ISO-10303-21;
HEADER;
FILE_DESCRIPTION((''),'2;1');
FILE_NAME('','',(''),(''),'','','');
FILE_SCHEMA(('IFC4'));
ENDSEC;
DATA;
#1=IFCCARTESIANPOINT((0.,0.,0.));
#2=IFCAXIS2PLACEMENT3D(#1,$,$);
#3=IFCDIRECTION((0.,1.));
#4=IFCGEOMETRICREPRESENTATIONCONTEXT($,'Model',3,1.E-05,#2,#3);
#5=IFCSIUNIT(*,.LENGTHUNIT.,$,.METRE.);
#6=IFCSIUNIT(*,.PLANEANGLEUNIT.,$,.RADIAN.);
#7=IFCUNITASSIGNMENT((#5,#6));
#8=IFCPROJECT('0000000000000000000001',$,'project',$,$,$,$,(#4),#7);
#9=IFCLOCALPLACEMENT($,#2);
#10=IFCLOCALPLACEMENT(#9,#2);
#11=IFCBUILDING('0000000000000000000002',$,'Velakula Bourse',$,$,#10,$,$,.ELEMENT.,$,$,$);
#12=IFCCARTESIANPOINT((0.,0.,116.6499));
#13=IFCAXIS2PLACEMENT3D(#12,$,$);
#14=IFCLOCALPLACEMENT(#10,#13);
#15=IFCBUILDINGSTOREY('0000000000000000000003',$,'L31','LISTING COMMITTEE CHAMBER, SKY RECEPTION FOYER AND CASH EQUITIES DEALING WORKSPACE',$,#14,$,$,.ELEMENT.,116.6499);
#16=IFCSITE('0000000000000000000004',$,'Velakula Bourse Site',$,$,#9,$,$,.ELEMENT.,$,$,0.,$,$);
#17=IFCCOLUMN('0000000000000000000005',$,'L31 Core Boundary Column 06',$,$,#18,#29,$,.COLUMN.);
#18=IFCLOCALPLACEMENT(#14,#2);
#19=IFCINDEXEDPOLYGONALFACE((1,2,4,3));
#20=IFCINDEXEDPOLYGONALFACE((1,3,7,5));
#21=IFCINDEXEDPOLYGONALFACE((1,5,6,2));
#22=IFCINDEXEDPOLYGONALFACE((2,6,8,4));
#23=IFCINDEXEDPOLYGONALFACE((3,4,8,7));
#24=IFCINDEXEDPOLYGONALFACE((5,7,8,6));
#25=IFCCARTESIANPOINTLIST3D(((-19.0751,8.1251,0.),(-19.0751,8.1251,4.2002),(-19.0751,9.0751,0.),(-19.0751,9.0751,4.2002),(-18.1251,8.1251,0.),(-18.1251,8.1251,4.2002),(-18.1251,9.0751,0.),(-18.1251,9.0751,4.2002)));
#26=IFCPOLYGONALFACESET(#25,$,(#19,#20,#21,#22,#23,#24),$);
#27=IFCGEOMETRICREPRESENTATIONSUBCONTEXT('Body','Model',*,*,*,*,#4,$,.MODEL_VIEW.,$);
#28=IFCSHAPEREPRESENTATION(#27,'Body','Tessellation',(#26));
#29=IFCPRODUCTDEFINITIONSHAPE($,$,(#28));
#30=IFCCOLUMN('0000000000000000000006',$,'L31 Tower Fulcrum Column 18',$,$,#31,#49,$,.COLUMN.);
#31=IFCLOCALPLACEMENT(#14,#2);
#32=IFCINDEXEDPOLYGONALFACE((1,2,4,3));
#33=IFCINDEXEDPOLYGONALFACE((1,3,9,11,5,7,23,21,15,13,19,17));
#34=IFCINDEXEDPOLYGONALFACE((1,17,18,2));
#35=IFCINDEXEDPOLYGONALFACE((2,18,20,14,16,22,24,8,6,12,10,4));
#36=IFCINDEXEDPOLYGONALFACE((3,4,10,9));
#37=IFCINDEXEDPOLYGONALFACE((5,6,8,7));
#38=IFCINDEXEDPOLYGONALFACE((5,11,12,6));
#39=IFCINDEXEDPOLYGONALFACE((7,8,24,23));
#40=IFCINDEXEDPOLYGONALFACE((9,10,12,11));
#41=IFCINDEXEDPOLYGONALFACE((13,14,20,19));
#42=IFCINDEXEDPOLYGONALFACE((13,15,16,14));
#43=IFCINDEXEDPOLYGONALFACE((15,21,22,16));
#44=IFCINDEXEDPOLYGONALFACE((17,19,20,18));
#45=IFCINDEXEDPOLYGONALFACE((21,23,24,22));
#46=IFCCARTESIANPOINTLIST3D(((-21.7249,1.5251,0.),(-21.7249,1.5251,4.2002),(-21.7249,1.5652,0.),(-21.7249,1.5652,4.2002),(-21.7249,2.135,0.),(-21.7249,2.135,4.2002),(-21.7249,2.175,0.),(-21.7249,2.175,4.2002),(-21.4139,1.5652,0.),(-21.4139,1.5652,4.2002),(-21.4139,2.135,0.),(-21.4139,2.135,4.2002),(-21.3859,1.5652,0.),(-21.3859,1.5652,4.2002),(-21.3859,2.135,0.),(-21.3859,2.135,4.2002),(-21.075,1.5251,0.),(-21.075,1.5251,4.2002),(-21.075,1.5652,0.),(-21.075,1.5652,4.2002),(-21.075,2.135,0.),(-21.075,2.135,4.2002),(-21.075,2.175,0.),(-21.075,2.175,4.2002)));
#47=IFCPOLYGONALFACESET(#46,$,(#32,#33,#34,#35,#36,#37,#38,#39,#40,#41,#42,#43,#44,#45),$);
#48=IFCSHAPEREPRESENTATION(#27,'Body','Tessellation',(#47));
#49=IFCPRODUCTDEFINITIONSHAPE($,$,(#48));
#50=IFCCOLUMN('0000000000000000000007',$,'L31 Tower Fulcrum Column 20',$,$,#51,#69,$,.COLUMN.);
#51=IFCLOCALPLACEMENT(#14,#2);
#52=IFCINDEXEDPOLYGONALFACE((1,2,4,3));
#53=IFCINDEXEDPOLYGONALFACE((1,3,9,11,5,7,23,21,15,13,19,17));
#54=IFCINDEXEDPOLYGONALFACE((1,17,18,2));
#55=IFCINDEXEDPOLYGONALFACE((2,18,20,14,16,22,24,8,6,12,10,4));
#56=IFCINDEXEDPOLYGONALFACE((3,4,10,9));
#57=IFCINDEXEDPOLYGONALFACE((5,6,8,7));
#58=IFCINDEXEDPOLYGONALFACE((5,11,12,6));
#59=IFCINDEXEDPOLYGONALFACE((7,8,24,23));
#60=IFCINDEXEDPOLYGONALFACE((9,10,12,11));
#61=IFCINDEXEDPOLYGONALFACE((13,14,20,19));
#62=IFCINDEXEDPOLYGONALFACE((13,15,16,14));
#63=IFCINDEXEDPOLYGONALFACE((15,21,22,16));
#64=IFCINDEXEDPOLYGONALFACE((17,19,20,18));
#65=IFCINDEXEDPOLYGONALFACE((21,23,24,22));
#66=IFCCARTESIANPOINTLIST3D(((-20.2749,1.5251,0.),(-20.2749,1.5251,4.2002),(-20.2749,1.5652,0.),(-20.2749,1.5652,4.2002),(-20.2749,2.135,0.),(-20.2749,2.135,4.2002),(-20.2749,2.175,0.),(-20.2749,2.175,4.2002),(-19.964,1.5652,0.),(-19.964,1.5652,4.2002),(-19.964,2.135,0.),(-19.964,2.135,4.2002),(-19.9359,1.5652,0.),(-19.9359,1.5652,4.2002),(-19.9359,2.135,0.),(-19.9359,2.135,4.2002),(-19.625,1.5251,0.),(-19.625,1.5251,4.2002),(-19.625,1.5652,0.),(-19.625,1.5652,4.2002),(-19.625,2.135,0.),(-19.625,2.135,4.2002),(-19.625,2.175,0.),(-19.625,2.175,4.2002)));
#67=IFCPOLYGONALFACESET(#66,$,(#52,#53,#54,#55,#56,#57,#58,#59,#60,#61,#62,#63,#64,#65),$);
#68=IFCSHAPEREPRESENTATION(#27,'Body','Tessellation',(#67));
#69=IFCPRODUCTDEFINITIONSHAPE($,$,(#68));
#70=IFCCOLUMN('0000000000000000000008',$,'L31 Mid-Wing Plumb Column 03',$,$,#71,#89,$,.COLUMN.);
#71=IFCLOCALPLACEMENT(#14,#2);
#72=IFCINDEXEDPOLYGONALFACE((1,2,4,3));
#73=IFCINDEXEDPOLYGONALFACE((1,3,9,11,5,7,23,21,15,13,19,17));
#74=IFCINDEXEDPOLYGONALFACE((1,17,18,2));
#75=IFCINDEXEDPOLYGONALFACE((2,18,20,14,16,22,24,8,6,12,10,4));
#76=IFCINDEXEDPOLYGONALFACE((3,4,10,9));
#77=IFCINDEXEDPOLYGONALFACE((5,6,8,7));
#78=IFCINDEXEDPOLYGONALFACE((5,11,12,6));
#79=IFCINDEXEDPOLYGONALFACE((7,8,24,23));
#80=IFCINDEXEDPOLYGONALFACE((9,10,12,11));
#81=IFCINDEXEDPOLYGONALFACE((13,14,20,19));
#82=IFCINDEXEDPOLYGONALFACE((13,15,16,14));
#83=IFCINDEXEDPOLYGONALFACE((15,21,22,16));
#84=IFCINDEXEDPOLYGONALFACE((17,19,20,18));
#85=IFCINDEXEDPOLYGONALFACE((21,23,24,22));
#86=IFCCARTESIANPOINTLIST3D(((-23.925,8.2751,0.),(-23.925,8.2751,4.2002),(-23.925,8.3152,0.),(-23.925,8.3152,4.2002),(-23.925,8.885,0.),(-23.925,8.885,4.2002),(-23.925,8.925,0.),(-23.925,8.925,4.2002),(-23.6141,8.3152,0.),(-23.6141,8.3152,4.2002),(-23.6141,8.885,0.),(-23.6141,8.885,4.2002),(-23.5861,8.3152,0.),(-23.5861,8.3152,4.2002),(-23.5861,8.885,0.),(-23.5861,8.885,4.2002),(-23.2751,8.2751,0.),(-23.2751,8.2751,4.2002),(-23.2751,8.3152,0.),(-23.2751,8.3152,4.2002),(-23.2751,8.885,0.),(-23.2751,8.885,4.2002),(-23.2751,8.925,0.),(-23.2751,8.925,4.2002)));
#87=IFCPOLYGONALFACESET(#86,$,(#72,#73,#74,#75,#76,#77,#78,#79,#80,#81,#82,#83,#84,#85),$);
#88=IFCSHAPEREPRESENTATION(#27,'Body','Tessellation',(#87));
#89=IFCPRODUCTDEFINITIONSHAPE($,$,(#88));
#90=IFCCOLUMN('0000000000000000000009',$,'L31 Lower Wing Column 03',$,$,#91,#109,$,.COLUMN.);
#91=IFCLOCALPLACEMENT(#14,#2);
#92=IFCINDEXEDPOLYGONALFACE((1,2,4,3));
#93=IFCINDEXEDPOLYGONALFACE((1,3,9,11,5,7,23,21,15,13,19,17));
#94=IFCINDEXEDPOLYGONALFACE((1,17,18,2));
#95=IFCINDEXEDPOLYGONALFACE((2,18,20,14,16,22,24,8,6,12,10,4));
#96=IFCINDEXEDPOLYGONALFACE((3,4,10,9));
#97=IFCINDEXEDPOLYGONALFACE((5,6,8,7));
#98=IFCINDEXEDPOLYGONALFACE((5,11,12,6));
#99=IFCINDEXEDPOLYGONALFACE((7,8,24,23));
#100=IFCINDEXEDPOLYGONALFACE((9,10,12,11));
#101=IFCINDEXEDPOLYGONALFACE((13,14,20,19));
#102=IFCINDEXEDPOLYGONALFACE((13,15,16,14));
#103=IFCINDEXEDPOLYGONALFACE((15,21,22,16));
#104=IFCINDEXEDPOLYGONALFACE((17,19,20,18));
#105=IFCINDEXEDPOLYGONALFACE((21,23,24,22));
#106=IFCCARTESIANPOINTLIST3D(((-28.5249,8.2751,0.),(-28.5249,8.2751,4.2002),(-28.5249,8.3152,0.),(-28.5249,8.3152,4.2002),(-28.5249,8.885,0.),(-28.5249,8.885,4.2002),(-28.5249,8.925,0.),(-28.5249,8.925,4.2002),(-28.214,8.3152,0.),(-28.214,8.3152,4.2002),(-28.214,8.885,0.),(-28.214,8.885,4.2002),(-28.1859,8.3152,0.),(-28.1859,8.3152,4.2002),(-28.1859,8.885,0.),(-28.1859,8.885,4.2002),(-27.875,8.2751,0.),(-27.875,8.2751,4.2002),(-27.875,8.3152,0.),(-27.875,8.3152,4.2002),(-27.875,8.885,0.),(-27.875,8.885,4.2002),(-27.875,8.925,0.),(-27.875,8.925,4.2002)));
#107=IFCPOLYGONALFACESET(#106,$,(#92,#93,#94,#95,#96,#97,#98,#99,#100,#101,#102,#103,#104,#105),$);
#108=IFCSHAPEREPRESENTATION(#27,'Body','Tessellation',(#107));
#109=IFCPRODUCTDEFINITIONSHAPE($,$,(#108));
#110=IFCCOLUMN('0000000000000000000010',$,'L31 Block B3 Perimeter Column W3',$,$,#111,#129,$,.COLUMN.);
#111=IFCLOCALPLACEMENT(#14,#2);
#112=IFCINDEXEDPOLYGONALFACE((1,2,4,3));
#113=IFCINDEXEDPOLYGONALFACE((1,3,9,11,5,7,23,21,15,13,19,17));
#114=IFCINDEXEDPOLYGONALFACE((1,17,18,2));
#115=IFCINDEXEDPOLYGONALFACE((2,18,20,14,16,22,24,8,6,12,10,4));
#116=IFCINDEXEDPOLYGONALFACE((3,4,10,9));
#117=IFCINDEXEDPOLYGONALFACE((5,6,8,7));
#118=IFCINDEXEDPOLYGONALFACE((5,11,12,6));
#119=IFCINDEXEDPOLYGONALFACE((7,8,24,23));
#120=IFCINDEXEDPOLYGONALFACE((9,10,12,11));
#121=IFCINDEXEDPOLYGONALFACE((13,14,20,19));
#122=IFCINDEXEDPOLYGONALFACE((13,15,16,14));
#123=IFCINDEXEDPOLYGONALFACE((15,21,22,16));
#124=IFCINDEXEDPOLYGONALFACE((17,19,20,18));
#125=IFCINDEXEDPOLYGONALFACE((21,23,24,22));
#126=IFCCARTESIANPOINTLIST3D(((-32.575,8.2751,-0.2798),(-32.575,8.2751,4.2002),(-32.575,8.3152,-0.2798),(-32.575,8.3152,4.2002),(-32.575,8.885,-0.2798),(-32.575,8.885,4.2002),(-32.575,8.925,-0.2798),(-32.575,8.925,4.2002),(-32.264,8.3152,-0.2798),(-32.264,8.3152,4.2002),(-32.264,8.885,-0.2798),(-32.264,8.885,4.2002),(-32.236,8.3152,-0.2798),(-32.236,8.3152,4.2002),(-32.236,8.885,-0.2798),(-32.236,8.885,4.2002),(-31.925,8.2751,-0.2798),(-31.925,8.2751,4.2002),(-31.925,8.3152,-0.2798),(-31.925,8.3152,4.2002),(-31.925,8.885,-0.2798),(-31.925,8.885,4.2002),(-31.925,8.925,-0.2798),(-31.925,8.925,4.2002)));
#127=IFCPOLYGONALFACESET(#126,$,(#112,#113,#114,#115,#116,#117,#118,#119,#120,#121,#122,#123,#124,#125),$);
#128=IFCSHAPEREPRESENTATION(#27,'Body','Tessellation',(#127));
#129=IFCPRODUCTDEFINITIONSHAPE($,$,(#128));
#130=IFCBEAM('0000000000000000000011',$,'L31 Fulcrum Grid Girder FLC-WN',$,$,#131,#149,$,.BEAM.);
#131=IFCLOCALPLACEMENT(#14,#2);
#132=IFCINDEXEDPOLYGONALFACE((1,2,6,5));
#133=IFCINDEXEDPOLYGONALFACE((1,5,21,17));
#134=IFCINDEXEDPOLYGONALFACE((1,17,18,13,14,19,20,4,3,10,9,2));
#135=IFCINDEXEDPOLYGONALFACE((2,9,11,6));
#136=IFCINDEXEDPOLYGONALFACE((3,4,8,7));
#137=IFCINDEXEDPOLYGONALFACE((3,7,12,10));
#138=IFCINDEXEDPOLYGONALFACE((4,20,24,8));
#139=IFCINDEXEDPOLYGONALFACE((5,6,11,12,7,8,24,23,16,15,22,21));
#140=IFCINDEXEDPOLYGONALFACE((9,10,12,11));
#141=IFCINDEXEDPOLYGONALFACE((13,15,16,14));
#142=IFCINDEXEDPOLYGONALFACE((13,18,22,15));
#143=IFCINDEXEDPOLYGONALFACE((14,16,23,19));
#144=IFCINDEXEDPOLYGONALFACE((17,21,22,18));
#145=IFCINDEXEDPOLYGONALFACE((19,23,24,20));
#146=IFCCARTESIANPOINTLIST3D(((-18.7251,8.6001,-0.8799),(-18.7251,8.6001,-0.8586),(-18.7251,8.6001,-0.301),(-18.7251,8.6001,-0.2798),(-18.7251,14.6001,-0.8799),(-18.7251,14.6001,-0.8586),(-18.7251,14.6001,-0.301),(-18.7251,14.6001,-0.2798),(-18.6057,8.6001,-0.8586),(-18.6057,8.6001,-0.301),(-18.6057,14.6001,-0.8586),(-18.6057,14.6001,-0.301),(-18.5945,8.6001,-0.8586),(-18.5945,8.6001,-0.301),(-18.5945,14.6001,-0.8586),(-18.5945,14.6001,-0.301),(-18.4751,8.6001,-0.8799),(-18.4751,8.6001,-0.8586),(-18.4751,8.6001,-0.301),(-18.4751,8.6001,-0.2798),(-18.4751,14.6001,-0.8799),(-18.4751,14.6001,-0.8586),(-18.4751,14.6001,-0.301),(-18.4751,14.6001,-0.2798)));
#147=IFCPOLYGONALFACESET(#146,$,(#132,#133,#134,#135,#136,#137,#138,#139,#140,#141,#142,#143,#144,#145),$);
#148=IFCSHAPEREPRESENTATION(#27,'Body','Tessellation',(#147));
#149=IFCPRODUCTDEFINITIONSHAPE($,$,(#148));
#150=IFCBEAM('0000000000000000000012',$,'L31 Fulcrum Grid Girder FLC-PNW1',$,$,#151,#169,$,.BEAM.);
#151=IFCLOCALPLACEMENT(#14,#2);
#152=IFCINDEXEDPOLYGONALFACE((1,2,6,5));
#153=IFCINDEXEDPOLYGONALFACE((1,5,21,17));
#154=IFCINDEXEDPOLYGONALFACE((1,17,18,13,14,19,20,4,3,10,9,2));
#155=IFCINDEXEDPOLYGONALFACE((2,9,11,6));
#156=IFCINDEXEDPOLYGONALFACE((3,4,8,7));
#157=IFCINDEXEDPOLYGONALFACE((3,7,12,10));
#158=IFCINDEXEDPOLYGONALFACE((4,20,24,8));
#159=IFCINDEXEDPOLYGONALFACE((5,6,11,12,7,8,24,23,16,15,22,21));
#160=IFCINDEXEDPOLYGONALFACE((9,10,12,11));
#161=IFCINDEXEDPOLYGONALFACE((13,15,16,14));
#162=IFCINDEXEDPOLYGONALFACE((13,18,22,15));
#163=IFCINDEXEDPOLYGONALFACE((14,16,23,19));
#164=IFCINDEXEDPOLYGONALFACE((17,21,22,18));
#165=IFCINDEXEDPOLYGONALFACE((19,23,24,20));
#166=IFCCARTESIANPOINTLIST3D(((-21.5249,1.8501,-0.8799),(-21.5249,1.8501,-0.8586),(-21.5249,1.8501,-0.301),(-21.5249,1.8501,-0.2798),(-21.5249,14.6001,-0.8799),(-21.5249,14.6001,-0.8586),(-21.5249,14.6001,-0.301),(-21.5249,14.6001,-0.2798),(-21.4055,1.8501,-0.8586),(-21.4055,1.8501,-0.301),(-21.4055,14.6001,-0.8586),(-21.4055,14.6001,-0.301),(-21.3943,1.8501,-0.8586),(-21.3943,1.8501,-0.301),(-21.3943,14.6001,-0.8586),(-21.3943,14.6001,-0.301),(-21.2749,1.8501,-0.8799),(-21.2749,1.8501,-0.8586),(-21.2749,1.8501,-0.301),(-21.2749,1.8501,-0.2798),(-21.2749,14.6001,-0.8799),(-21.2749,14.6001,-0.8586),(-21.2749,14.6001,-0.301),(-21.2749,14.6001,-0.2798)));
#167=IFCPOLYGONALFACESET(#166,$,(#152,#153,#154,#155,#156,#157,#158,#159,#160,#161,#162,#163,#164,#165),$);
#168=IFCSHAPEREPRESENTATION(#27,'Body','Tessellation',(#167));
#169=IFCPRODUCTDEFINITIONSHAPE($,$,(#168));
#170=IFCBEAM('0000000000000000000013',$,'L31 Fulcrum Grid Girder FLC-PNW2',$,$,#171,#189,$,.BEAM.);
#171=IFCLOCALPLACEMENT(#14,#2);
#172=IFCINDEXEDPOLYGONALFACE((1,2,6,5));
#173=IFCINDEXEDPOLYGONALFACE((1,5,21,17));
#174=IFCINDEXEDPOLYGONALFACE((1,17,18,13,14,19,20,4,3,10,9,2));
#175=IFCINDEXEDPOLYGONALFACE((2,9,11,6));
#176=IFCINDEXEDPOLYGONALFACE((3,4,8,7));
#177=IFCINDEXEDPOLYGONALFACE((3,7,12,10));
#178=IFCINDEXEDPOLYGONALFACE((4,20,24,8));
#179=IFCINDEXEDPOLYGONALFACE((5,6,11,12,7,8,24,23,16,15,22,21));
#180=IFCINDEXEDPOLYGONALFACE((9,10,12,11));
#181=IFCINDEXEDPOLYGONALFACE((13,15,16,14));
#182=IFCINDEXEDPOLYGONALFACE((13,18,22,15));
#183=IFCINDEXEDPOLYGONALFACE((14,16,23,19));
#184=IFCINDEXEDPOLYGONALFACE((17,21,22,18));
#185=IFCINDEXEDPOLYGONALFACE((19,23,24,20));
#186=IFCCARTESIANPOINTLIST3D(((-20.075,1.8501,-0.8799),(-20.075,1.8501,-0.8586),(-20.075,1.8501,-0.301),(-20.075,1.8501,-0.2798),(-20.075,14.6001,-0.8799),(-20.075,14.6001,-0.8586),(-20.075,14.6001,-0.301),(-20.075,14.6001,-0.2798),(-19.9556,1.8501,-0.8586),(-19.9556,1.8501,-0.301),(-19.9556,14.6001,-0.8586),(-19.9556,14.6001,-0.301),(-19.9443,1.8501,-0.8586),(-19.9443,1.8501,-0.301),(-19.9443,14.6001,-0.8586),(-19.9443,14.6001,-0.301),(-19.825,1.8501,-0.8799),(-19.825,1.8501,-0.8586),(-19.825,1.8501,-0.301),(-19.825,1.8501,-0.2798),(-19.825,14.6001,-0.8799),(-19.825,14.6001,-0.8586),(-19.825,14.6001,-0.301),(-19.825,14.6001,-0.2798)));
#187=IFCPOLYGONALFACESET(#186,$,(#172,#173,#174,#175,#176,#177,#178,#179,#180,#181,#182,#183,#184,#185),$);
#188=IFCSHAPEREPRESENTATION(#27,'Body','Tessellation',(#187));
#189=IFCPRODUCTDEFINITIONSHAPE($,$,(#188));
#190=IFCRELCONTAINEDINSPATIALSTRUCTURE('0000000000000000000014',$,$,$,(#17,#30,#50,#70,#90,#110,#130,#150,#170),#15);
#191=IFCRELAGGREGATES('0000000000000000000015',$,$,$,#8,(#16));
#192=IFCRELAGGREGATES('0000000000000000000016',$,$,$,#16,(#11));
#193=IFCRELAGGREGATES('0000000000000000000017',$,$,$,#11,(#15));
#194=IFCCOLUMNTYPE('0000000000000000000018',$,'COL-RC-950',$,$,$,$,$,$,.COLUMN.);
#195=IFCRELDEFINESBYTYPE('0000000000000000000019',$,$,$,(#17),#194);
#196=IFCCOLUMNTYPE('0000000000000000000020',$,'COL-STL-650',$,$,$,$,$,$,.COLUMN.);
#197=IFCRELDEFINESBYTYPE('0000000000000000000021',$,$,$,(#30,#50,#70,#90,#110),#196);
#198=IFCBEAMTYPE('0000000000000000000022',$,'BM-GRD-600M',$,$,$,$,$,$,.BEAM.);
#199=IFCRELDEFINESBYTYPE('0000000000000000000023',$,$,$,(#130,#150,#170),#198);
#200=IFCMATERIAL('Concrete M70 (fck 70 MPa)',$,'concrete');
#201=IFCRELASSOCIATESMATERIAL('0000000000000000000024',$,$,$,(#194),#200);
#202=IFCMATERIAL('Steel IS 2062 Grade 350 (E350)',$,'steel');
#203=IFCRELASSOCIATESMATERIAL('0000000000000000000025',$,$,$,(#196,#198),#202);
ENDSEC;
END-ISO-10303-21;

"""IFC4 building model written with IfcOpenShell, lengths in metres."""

from ifc_helpers import new_model, si_unit, direction, frame, origin, origin_2d, place, context, subcontext, project, spatial, rectangle, i_section, extrude, material, material_profile, profile_set, type_object, element, save


model = new_model("IFC4")

# Units and contexts
model_context = context("Model", 3, precision=1e-05, world=origin(), true_north=direction((0.0, 1.0)))
body_context = subcontext(model_context, "Body", "Model", "MODEL_VIEW")
ifc_project = project(units=[si_unit("LENGTHUNIT", "METRE"), si_unit("PLANEANGLEUNIT", "RADIAN")], contexts=[model_context])

# Site, building, storey
site_placement = place(None, origin())
site = spatial("IfcSite", under=ifc_project, at=site_placement, Name="Velakula Bourse Site", CompositionType="ELEMENT", RefElevation=0.0)
building_placement = place(site_placement, origin())
building = spatial("IfcBuilding", under=site, at=building_placement, Name="Velakula Bourse", CompositionType="ELEMENT")
storey_placement = place(building_placement, frame((0.0, 0.0, 116.6499)))
storey = spatial("IfcBuildingStorey", under=building, at=storey_placement, Name="L31", Description="LISTING COMMITTEE CHAMBER, SKY RECEPTION FOYER AND CASH EQUITIES DEALING WORKSPACE", CompositionType="ELEMENT", Elevation=116.6499)

# Columns
ifc_material_1 = material(Name="Concrete M70 (fck 70 MPa)", Category="concrete")
ifc_material_profile_1 = material_profile(ifc_material_1, rectangle(XDim=0.95, YDim=0.95, at=origin_2d()), Name="Concrete M70 (fck 70 MPa)")
ifc_profile_set_1 = profile_set([ifc_material_profile_1], Name="Concrete M70 (fck 70 MPa)")
column_type_1 = type_object("IfcColumnType", Name="COL-RC-950", PredefinedType="COLUMN", material=ifc_profile_set_1)
column_1_placement = place(storey_placement, frame((-18.6001, 8.6001, 0.0), z_axis=(0.0, 0.0, 1.0), x_axis=(1.0, 0.0, 0.0)))
element("IfcColumn", 1, at=column_1_placement, inside=storey, type_object=column_type_1, Name="L31 Core Boundary Column 06", PredefinedType="COLUMN", context=body_context, shape_type="SweptSolid", body=[
    extrude(rectangle(XDim=0.95, YDim=0.95, at=origin_2d()), origin(), (0.0, 0.0, 1.0), 4.2002),
])
ifc_material_2 = material(Name="Steel IS 2062 Grade 350 (E350)", Category="steel")
ifc_material_profile_2 = material_profile(ifc_material_2, i_section(OverallWidth=0.6499, OverallDepth=0.6499, WebThickness=0.0281, FlangeThickness=0.04, at=origin_2d()), Name="Steel IS 2062 Grade 350 (E350)")
ifc_profile_set_2 = profile_set([ifc_material_profile_2], Name="Steel IS 2062 Grade 350 (E350)")
column_type_2 = type_object("IfcColumnType", Name="COL-STL-650", PredefinedType="COLUMN", material=ifc_profile_set_2)
for number, where, z_axis, x_axis, name in (
    (2, (-21.3999, 1.8501, 0.0), (0.0, 0.0, 1.0), (1.0, 0.0, 0.0), "L31 Tower Fulcrum Column 18"),
    (3, (-19.95, 1.8501, 0.0), (0.0, 0.0, 1.0), (1.0, 0.0, 0.0), "L31 Tower Fulcrum Column 20"),
    (4, (-23.6001, 8.6001, 0.0), (0.0, 0.0, 1.0), (1.0, 0.0, 0.0), "L31 Mid-Wing Plumb Column 03"),
    (5, (-28.2, 8.6001, 0.0), (0.0, 0.0, 1.0), (1.0, 0.0, 0.0), "L31 Lower Wing Column 03"),
):
    element("IfcColumn", number, at=place(storey_placement, frame(where, z_axis=z_axis, x_axis=x_axis)), inside=storey, type_object=column_type_2, Name=name, PredefinedType="COLUMN", context=body_context, shape_type="SweptSolid", body=[
        extrude(i_section(OverallWidth=0.6499, OverallDepth=0.6499, WebThickness=0.0281, FlangeThickness=0.04, at=origin_2d()), origin(), (0.0, 0.0, 1.0), 4.2002),
    ])
column_2_placement = place(storey_placement, frame((-32.25, 8.6001, -0.2798), z_axis=(0.0, 0.0, 1.0), x_axis=(1.0, 0.0, 0.0)))
element("IfcColumn", 6, at=column_2_placement, inside=storey, type_object=column_type_2, Name="L31 Block B3 Perimeter Column W3", PredefinedType="COLUMN", context=body_context, shape_type="SweptSolid", body=[
    extrude(i_section(OverallWidth=0.6499, OverallDepth=0.6499, WebThickness=0.0281, FlangeThickness=0.04, at=origin_2d()), origin(), (0.0, 0.0, 1.0), 4.48),
])

# Beams
ifc_material_profile_3 = material_profile(ifc_material_2, i_section(OverallWidth=0.25, OverallDepth=0.6001, WebThickness=0.0112, FlangeThickness=0.0212, at=origin_2d()), Name="Steel IS 2062 Grade 350 (E350)")
ifc_profile_set_3 = profile_set([ifc_material_profile_3], Name="Steel IS 2062 Grade 350 (E350)")
beam_type_1 = type_object("IfcBeamType", Name="BM-GRD-600M", PredefinedType="BEAM", material=ifc_profile_set_3)
beam_1_placement = place(storey_placement, frame((-18.6001, 8.6001, -0.5798), z_axis=(0.0, 1.0, 0.0), x_axis=(-1.0, 0.0, 0.0)))
element("IfcBeam", 7, at=beam_1_placement, inside=storey, type_object=beam_type_1, Name="L31 Fulcrum Grid Girder FLC-WN", PredefinedType="BEAM", context=body_context, shape_type="SweptSolid", body=[
    extrude(i_section(OverallWidth=0.25, OverallDepth=0.6001, WebThickness=0.0112, FlangeThickness=0.0212, at=origin_2d()), origin(), (0.0, 0.0, 1.0), 6.0),
])
for number, where, z_axis, x_axis, name in (
    (8, (-21.3999, 1.8501, -0.5798), (0.0, 1.0, 0.0), (-1.0, 0.0, 0.0), "L31 Fulcrum Grid Girder FLC-PNW1"),
    (9, (-19.95, 1.8501, -0.5798), (0.0, 1.0, 0.0), (-1.0, 0.0, 0.0), "L31 Fulcrum Grid Girder FLC-PNW2"),
):
    element("IfcBeam", number, at=place(storey_placement, frame(where, z_axis=z_axis, x_axis=x_axis)), inside=storey, type_object=beam_type_1, Name=name, PredefinedType="BEAM", context=body_context, shape_type="SweptSolid", body=[
        extrude(i_section(OverallWidth=0.25, OverallDepth=0.6001, WebThickness=0.0112, FlangeThickness=0.0212, at=origin_2d()), origin(), (0.0, 0.0, 1.0), 12.75),
    ])

save(model, "model.ifc")
